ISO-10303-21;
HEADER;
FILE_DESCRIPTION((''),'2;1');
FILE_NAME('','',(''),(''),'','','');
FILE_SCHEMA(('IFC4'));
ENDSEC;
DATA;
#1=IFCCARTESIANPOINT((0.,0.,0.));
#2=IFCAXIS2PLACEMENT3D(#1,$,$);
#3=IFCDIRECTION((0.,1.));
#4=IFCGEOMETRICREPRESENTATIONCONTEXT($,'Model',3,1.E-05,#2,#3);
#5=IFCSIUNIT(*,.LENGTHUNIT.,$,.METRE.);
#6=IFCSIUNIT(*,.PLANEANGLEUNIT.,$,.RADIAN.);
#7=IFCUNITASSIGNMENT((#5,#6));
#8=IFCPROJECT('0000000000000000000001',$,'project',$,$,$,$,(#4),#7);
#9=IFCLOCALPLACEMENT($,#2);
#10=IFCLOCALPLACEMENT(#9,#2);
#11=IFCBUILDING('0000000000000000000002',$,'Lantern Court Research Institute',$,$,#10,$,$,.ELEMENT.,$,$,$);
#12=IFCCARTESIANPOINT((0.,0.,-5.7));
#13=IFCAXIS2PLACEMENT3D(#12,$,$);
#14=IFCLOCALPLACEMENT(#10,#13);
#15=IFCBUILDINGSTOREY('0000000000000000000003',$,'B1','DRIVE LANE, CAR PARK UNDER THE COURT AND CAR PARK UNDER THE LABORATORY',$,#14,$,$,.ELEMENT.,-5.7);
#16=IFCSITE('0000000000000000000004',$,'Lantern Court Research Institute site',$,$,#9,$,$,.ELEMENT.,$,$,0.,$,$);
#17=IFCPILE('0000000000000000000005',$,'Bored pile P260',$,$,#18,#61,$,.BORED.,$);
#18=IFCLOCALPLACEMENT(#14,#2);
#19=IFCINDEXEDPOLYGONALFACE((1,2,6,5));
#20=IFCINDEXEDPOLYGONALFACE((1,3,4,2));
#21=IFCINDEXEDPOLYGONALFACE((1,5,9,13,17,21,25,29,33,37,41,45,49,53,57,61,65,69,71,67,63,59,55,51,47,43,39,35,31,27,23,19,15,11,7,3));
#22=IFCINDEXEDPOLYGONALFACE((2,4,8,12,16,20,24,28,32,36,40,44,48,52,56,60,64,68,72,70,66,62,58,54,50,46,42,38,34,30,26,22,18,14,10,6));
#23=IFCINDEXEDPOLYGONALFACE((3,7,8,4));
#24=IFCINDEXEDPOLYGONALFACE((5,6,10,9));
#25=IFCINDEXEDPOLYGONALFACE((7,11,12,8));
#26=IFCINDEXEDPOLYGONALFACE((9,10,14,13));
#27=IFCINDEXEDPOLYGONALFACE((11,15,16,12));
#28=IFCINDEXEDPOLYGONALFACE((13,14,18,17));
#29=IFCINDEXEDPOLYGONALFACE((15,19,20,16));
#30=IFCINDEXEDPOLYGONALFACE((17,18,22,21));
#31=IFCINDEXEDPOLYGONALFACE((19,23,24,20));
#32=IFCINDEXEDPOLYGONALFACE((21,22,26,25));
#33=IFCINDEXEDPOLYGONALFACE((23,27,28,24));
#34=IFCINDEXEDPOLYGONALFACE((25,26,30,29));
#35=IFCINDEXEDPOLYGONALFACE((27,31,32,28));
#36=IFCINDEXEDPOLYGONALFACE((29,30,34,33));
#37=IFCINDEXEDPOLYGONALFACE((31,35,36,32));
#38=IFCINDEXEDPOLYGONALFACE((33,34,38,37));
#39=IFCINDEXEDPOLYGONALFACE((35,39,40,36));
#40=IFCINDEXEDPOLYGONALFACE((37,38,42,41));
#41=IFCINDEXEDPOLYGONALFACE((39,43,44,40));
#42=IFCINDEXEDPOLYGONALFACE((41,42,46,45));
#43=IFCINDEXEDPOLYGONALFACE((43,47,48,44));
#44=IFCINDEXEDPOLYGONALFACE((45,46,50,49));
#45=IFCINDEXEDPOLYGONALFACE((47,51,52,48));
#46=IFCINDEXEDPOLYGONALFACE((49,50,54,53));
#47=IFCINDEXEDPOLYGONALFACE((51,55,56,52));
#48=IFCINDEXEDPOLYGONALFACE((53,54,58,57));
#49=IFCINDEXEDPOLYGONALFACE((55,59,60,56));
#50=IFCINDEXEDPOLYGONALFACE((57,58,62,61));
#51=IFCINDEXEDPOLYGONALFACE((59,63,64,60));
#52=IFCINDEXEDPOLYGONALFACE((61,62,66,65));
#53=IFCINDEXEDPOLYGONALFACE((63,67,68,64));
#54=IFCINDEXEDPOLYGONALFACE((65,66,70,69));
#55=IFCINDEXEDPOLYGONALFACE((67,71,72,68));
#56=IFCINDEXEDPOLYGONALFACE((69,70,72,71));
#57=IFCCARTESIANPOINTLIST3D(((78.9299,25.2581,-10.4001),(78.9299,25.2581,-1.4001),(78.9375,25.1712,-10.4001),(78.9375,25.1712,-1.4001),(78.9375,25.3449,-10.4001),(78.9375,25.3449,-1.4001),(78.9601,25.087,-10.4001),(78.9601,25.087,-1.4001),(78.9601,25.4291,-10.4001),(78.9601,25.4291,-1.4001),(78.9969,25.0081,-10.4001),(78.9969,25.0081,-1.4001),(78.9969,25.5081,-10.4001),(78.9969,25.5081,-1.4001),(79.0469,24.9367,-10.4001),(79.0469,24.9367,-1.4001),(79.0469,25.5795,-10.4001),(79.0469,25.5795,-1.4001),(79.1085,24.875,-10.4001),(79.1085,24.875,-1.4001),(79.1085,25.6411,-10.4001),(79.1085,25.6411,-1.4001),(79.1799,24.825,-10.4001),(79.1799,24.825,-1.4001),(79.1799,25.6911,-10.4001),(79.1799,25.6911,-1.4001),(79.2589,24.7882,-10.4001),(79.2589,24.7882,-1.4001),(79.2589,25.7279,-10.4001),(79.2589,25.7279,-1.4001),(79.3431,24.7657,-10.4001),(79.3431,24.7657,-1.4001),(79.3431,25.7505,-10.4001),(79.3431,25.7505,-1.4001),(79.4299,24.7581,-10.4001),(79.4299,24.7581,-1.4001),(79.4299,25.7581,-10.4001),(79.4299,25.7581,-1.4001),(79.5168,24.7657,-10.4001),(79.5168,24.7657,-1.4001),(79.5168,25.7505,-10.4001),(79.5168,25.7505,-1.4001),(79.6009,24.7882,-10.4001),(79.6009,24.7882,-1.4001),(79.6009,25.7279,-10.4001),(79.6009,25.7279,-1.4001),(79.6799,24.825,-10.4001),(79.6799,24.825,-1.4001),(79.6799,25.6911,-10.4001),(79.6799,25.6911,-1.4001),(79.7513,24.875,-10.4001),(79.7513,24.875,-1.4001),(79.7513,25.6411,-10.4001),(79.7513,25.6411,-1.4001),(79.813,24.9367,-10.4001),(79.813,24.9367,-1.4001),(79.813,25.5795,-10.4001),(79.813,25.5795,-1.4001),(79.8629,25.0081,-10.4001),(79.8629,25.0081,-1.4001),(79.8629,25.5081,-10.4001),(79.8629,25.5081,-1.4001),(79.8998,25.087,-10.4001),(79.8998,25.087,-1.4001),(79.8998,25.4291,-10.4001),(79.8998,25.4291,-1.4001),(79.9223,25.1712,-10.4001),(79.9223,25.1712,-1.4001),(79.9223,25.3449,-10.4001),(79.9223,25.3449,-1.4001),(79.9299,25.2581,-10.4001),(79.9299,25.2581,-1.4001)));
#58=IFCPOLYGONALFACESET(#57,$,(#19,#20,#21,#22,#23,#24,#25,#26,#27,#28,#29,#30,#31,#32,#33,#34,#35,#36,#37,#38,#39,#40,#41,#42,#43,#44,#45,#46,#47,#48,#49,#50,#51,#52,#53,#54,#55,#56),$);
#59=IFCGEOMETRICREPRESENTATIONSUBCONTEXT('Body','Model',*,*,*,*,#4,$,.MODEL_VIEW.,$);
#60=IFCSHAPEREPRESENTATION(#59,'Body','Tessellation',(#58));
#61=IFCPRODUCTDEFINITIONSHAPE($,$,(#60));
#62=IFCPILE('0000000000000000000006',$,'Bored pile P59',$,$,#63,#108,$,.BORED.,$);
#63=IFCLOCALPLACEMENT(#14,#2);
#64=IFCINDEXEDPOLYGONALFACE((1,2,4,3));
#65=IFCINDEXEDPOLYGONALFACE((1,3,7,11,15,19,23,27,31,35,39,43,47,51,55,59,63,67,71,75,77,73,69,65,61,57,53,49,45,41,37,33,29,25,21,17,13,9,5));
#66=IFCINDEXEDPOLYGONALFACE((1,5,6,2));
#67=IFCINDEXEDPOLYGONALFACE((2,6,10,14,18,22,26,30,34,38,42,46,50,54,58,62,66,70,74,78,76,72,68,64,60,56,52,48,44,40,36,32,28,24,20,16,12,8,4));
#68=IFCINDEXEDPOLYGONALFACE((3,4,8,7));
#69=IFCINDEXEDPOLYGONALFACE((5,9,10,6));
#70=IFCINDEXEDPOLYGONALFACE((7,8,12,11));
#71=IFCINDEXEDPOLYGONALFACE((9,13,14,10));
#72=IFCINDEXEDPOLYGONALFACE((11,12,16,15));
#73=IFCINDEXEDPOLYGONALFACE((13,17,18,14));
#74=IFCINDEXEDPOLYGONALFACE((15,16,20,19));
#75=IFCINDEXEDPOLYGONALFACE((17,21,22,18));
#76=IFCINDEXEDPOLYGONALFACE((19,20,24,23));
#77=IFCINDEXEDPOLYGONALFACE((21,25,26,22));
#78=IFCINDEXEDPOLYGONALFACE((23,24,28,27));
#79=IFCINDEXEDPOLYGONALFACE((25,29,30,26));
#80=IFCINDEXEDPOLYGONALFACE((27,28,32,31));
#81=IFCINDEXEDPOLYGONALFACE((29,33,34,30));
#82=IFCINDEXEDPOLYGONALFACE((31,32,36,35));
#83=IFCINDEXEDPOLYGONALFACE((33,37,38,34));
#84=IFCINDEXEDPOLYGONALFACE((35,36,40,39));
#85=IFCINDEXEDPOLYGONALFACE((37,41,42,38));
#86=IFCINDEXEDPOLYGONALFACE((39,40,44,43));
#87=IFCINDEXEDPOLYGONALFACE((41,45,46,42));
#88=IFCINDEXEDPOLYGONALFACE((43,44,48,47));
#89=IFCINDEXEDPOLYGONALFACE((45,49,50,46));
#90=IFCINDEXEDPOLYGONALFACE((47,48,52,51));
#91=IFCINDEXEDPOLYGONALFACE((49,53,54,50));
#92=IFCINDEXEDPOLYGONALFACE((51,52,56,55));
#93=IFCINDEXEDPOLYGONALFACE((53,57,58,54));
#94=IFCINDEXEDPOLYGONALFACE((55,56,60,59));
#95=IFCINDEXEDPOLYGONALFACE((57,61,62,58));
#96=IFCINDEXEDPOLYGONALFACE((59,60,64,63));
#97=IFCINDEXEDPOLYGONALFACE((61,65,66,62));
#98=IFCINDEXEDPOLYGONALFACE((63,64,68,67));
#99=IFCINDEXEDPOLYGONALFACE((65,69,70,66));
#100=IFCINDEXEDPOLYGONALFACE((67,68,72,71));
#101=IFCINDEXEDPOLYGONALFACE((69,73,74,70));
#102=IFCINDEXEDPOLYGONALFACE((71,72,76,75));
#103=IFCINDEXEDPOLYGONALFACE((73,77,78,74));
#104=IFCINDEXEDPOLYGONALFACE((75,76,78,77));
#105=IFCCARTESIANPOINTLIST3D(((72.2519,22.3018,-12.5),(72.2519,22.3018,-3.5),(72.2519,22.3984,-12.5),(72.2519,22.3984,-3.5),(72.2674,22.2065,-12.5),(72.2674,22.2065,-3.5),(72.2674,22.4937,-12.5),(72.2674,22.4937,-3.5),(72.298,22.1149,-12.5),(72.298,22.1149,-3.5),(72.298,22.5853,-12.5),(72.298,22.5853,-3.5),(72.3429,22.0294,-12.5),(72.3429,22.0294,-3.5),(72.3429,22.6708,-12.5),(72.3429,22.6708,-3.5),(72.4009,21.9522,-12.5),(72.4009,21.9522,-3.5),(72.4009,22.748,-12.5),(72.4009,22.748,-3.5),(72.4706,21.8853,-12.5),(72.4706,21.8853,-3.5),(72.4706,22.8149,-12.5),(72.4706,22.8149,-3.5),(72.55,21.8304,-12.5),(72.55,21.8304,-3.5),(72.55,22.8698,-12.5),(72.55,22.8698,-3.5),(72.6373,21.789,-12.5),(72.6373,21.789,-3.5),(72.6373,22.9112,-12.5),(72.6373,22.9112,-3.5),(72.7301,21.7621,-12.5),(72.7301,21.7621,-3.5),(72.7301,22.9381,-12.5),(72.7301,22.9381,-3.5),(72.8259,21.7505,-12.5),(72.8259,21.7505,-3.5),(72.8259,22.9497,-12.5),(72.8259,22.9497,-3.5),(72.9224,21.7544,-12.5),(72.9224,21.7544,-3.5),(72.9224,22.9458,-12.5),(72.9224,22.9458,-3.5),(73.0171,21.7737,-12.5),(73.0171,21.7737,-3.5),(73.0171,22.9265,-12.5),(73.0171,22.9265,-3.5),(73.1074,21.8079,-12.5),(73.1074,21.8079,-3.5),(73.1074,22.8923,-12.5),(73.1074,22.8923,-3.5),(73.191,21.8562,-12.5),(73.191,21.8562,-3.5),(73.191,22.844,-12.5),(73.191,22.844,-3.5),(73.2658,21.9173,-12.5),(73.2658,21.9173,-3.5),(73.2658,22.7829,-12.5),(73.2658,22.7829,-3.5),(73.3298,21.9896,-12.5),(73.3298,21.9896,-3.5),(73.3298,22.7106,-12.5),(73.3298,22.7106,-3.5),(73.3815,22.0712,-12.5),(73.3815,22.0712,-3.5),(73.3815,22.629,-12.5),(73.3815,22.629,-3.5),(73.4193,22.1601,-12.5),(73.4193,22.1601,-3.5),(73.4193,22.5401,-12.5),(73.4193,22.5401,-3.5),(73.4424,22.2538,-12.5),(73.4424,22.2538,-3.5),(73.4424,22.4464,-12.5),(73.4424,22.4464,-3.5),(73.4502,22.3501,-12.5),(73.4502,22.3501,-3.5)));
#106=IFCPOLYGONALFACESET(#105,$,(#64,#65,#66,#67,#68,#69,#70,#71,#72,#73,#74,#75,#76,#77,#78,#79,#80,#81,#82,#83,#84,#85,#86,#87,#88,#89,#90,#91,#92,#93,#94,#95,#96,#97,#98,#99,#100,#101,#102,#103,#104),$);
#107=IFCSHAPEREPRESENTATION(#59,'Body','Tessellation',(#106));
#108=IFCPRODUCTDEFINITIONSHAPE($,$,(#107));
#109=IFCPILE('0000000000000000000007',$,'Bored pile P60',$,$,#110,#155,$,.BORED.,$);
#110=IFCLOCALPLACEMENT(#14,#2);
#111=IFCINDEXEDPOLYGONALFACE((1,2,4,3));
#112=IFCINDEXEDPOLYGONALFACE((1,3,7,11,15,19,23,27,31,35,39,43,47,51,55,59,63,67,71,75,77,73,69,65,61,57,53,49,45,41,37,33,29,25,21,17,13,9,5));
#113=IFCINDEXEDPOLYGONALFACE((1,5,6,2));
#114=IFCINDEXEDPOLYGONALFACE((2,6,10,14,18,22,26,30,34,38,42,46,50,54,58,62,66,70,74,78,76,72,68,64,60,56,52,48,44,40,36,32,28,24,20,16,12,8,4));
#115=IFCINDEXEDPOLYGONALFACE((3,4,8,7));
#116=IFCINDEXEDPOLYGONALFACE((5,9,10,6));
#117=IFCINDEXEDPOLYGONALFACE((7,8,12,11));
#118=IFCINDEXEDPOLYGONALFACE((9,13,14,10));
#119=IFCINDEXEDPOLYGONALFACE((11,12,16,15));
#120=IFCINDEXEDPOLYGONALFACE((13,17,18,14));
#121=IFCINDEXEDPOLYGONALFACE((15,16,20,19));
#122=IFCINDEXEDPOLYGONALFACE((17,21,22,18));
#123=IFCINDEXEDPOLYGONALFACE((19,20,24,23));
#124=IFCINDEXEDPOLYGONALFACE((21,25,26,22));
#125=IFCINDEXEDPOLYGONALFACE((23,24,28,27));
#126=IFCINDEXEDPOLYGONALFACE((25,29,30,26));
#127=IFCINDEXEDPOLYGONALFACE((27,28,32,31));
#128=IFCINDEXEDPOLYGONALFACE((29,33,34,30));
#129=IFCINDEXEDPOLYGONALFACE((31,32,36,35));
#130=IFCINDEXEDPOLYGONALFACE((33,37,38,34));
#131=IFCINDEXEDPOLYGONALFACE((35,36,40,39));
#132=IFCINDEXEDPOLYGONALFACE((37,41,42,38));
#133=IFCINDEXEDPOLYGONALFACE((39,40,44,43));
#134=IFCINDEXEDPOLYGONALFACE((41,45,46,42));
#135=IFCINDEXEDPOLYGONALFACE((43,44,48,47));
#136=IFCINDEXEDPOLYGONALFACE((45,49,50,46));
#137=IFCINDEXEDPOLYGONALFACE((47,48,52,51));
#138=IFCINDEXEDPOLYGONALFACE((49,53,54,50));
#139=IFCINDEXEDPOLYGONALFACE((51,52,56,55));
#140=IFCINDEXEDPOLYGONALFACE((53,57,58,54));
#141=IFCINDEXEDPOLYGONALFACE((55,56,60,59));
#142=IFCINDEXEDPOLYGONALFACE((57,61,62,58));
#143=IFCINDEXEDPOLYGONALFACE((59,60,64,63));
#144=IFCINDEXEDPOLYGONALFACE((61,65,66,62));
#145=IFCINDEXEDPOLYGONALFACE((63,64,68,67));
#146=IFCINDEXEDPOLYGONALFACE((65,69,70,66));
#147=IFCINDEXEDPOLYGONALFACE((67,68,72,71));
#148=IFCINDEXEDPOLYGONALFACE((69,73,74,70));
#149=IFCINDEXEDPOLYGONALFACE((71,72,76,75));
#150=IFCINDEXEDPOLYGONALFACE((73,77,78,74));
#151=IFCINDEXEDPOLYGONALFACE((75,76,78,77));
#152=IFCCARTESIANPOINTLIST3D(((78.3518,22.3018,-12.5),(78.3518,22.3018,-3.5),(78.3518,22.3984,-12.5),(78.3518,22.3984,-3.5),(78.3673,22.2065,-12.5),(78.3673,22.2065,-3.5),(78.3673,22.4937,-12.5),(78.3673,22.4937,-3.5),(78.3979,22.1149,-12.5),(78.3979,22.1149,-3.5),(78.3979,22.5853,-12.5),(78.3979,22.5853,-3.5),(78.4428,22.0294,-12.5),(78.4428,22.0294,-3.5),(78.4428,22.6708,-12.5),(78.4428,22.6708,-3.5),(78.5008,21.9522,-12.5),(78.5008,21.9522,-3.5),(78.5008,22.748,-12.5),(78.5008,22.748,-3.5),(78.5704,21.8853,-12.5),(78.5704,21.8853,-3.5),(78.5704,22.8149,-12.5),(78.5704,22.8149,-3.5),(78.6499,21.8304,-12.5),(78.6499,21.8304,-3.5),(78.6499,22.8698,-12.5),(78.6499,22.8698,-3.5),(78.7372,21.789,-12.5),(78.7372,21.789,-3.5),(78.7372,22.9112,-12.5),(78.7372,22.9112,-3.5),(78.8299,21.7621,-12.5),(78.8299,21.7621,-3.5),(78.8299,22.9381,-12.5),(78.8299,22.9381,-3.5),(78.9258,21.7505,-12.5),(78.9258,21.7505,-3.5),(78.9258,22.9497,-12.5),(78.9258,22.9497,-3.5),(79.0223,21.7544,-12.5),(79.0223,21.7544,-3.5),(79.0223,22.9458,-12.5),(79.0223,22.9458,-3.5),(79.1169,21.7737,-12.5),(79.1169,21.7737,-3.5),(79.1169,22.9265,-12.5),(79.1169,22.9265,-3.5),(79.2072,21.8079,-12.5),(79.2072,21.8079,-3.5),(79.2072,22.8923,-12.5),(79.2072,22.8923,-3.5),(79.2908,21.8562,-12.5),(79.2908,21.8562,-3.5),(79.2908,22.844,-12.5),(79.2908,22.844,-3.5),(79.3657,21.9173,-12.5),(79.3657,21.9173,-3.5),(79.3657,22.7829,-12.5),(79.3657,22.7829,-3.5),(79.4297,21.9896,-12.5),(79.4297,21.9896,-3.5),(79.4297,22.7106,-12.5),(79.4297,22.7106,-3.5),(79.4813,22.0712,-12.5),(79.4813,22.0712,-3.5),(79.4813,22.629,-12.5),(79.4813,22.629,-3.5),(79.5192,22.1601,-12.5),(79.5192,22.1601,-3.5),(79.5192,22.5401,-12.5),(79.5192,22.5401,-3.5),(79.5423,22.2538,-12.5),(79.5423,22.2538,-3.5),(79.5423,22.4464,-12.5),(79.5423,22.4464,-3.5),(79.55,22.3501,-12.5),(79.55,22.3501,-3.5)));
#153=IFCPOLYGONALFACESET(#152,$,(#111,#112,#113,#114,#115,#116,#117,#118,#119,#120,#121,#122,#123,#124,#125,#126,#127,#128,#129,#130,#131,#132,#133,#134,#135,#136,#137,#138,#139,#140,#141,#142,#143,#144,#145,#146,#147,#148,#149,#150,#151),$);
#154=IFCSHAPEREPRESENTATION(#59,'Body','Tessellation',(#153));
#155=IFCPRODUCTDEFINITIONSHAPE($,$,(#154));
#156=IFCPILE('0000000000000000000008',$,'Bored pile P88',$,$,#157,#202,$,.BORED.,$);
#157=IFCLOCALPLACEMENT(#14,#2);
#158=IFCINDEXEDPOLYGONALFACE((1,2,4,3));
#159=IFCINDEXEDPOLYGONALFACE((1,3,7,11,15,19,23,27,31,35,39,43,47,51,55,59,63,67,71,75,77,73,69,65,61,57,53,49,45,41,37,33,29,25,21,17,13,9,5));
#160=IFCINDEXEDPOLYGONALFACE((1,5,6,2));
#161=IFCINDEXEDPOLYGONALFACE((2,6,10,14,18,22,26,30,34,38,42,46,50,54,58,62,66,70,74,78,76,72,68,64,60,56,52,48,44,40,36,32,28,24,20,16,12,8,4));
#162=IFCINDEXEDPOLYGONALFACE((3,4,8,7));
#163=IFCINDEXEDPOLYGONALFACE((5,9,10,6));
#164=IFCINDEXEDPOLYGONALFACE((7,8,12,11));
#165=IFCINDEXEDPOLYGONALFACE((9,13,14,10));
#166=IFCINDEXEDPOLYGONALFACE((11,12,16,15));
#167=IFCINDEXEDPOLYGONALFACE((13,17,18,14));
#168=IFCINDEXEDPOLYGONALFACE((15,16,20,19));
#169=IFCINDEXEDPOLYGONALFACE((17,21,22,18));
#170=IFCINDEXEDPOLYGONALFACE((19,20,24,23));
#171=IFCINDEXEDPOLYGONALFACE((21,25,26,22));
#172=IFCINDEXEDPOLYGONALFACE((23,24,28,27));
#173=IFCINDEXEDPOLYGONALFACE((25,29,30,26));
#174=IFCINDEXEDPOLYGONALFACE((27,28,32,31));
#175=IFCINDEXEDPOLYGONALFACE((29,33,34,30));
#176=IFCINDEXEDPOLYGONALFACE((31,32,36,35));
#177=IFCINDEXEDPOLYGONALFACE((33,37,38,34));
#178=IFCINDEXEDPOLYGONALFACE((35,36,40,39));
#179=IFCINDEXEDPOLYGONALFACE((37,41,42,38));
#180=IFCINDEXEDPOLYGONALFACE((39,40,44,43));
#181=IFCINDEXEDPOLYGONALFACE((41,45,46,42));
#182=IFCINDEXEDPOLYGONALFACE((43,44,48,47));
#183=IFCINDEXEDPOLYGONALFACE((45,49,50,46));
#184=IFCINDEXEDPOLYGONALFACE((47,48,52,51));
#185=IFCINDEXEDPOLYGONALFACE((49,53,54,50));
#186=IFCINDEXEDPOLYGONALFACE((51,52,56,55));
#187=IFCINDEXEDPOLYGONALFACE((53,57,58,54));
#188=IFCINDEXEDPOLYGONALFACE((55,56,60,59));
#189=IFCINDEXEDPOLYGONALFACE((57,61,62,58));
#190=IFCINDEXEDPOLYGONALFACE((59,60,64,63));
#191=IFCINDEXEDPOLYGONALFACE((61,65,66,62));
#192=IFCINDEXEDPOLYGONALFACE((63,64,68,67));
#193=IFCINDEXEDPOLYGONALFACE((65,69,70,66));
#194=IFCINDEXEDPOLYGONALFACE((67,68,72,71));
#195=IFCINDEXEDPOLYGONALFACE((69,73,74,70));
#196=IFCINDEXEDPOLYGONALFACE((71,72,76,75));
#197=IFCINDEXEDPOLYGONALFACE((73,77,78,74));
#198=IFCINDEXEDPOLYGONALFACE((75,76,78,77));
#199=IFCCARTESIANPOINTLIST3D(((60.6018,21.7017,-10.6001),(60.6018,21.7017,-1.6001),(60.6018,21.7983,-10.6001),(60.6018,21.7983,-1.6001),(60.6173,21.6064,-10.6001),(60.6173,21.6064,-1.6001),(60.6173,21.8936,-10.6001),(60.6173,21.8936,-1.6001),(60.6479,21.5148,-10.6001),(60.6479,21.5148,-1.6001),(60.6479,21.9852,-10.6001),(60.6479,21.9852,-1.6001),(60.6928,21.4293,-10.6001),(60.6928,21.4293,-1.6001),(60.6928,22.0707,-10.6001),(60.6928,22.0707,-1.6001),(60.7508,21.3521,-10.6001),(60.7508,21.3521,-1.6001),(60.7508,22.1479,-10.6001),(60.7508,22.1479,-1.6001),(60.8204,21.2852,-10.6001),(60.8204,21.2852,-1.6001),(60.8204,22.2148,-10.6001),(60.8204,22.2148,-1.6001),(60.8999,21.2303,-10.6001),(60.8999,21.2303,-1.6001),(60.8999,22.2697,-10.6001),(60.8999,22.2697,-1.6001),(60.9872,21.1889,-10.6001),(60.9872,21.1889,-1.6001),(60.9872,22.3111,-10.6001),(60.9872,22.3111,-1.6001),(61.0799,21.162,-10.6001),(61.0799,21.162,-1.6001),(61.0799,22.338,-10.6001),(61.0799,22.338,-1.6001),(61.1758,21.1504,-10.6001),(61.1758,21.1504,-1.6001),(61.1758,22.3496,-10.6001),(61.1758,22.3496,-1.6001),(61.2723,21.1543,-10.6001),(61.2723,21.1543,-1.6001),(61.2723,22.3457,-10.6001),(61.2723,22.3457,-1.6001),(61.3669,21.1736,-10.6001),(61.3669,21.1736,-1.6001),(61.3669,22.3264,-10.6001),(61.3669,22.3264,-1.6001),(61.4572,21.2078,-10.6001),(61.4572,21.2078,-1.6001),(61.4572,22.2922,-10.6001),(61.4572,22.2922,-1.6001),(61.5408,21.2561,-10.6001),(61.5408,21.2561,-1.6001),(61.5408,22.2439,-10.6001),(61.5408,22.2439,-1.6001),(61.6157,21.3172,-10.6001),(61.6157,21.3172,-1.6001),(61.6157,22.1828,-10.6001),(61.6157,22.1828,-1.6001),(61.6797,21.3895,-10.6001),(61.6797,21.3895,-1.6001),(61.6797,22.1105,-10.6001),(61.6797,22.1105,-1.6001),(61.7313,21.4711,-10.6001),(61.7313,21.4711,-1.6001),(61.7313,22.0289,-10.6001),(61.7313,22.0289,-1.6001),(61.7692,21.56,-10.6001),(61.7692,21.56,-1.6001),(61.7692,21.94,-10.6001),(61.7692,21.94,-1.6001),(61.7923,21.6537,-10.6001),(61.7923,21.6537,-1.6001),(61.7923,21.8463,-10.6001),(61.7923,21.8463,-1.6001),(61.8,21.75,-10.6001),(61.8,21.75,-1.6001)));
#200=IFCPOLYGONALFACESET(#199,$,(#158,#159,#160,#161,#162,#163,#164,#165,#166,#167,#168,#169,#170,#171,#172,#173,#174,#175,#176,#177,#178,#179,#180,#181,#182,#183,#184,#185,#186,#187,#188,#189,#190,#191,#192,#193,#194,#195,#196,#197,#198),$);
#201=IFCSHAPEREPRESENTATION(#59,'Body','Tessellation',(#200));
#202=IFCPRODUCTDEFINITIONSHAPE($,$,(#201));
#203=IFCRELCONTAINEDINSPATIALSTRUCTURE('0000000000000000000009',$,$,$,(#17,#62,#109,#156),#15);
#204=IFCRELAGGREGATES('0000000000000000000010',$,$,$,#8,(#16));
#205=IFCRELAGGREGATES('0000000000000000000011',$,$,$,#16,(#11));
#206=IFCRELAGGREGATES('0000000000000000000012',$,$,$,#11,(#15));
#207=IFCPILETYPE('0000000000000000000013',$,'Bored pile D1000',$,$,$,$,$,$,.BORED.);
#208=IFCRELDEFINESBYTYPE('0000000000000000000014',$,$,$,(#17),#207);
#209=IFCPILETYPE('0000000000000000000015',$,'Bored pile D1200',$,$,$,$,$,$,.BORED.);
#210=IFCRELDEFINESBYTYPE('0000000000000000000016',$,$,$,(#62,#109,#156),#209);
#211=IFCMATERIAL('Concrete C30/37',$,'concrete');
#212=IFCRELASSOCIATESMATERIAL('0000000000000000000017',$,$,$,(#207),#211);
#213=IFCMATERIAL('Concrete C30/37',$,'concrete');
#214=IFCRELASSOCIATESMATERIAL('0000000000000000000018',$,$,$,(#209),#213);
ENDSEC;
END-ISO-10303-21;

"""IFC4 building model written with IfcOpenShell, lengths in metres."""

from ifc_helpers import new_model, si_unit, direction, frame, origin, origin_2d, place, context, subcontext, project, spatial, circle, extrude, material, material_profile, profile_set, type_object, element, save


model = new_model("IFC4")

# Units and contexts
model_context = context("Model", 3, precision=1e-05, world=origin(), true_north=direction((0.0, 1.0)))
body_context = subcontext(model_context, "Body", "Model", "MODEL_VIEW")
ifc_project = project(units=[si_unit("LENGTHUNIT", "METRE"), si_unit("PLANEANGLEUNIT", "RADIAN")], contexts=[model_context])

# Site, building, storey
site_placement = place(None, origin())
site = spatial("IfcSite", under=ifc_project, at=site_placement, Name="Lantern Court Research Institute site", CompositionType="ELEMENT", RefElevation=0.0)
building_placement = place(site_placement, origin())
building = spatial("IfcBuilding", under=site, at=building_placement, Name="Lantern Court Research Institute", CompositionType="ELEMENT")
storey_placement = place(building_placement, frame((0.0, 0.0, -5.7)))
storey = spatial("IfcBuildingStorey", under=building, at=storey_placement, Name="B1", Description="DRIVE LANE, CAR PARK UNDER THE COURT AND CAR PARK UNDER THE LABORATORY", CompositionType="ELEMENT", Elevation=-5.7)

# Piles
ifc_material_1 = material(Name="Concrete C30/37", Category="concrete")
ifc_material_profile_1 = material_profile(ifc_material_1, circle(Radius=0.5, at=origin_2d()), Name="Bored pile D1000")
ifc_profile_set_1 = profile_set([ifc_material_profile_1], Name="Concrete C30/37")
pile_type_1 = type_object("IfcPileType", Name="Bored pile D1000", PredefinedType="BORED", material=ifc_profile_set_1)
pile_placement = place(storey_placement, frame((79.4299, 25.2581, -1.4001), z_axis=(0.0, 0.0, -1.0), x_axis=(1.0, 0.0, 0.0)))
element("IfcPile", 1, at=pile_placement, inside=storey, type_object=pile_type_1, Name="Bored pile P260", PredefinedType="BORED", context=body_context, shape_type="SweptSolid", body=[
    extrude(circle(Radius=0.5, at=origin_2d()), origin(), (0.0, 0.0, 1.0), 9.0),
])
ifc_material_2 = material(Name="Concrete C30/37", Category="concrete")
ifc_material_profile_2 = material_profile(ifc_material_2, circle(Radius=0.6001, at=origin_2d()), Name="Bored pile D1200")
ifc_profile_set_2 = profile_set([ifc_material_profile_2], Name="Concrete C30/37")
pile_type_2 = type_object("IfcPileType", Name="Bored pile D1200", PredefinedType="BORED", material=ifc_profile_set_2)
for number, where, z_axis, x_axis, name in (
    (2, (72.8501, 22.3501, -3.5), (0.0, 0.0, -1.0), (1.0, 0.0, 0.0), "Bored pile P59"),
    (3, (78.95, 22.3501, -3.5), (0.0, 0.0, -1.0), (1.0, 0.0, 0.0), "Bored pile P60"),
    (4, (61.2, 21.75, -1.6001), (0.0, 0.0, -1.0), (1.0, 0.0, 0.0), "Bored pile P88"),
):
    element("IfcPile", number, at=place(storey_placement, frame(where, z_axis=z_axis, x_axis=x_axis)), inside=storey, type_object=pile_type_2, Name=name, PredefinedType="BORED", context=body_context, shape_type="SweptSolid", body=[
        extrude(circle(Radius=0.6001, at=origin_2d()), origin(), (0.0, 0.0, 1.0), 9.0),
    ])

save(model, "model.ifc")
